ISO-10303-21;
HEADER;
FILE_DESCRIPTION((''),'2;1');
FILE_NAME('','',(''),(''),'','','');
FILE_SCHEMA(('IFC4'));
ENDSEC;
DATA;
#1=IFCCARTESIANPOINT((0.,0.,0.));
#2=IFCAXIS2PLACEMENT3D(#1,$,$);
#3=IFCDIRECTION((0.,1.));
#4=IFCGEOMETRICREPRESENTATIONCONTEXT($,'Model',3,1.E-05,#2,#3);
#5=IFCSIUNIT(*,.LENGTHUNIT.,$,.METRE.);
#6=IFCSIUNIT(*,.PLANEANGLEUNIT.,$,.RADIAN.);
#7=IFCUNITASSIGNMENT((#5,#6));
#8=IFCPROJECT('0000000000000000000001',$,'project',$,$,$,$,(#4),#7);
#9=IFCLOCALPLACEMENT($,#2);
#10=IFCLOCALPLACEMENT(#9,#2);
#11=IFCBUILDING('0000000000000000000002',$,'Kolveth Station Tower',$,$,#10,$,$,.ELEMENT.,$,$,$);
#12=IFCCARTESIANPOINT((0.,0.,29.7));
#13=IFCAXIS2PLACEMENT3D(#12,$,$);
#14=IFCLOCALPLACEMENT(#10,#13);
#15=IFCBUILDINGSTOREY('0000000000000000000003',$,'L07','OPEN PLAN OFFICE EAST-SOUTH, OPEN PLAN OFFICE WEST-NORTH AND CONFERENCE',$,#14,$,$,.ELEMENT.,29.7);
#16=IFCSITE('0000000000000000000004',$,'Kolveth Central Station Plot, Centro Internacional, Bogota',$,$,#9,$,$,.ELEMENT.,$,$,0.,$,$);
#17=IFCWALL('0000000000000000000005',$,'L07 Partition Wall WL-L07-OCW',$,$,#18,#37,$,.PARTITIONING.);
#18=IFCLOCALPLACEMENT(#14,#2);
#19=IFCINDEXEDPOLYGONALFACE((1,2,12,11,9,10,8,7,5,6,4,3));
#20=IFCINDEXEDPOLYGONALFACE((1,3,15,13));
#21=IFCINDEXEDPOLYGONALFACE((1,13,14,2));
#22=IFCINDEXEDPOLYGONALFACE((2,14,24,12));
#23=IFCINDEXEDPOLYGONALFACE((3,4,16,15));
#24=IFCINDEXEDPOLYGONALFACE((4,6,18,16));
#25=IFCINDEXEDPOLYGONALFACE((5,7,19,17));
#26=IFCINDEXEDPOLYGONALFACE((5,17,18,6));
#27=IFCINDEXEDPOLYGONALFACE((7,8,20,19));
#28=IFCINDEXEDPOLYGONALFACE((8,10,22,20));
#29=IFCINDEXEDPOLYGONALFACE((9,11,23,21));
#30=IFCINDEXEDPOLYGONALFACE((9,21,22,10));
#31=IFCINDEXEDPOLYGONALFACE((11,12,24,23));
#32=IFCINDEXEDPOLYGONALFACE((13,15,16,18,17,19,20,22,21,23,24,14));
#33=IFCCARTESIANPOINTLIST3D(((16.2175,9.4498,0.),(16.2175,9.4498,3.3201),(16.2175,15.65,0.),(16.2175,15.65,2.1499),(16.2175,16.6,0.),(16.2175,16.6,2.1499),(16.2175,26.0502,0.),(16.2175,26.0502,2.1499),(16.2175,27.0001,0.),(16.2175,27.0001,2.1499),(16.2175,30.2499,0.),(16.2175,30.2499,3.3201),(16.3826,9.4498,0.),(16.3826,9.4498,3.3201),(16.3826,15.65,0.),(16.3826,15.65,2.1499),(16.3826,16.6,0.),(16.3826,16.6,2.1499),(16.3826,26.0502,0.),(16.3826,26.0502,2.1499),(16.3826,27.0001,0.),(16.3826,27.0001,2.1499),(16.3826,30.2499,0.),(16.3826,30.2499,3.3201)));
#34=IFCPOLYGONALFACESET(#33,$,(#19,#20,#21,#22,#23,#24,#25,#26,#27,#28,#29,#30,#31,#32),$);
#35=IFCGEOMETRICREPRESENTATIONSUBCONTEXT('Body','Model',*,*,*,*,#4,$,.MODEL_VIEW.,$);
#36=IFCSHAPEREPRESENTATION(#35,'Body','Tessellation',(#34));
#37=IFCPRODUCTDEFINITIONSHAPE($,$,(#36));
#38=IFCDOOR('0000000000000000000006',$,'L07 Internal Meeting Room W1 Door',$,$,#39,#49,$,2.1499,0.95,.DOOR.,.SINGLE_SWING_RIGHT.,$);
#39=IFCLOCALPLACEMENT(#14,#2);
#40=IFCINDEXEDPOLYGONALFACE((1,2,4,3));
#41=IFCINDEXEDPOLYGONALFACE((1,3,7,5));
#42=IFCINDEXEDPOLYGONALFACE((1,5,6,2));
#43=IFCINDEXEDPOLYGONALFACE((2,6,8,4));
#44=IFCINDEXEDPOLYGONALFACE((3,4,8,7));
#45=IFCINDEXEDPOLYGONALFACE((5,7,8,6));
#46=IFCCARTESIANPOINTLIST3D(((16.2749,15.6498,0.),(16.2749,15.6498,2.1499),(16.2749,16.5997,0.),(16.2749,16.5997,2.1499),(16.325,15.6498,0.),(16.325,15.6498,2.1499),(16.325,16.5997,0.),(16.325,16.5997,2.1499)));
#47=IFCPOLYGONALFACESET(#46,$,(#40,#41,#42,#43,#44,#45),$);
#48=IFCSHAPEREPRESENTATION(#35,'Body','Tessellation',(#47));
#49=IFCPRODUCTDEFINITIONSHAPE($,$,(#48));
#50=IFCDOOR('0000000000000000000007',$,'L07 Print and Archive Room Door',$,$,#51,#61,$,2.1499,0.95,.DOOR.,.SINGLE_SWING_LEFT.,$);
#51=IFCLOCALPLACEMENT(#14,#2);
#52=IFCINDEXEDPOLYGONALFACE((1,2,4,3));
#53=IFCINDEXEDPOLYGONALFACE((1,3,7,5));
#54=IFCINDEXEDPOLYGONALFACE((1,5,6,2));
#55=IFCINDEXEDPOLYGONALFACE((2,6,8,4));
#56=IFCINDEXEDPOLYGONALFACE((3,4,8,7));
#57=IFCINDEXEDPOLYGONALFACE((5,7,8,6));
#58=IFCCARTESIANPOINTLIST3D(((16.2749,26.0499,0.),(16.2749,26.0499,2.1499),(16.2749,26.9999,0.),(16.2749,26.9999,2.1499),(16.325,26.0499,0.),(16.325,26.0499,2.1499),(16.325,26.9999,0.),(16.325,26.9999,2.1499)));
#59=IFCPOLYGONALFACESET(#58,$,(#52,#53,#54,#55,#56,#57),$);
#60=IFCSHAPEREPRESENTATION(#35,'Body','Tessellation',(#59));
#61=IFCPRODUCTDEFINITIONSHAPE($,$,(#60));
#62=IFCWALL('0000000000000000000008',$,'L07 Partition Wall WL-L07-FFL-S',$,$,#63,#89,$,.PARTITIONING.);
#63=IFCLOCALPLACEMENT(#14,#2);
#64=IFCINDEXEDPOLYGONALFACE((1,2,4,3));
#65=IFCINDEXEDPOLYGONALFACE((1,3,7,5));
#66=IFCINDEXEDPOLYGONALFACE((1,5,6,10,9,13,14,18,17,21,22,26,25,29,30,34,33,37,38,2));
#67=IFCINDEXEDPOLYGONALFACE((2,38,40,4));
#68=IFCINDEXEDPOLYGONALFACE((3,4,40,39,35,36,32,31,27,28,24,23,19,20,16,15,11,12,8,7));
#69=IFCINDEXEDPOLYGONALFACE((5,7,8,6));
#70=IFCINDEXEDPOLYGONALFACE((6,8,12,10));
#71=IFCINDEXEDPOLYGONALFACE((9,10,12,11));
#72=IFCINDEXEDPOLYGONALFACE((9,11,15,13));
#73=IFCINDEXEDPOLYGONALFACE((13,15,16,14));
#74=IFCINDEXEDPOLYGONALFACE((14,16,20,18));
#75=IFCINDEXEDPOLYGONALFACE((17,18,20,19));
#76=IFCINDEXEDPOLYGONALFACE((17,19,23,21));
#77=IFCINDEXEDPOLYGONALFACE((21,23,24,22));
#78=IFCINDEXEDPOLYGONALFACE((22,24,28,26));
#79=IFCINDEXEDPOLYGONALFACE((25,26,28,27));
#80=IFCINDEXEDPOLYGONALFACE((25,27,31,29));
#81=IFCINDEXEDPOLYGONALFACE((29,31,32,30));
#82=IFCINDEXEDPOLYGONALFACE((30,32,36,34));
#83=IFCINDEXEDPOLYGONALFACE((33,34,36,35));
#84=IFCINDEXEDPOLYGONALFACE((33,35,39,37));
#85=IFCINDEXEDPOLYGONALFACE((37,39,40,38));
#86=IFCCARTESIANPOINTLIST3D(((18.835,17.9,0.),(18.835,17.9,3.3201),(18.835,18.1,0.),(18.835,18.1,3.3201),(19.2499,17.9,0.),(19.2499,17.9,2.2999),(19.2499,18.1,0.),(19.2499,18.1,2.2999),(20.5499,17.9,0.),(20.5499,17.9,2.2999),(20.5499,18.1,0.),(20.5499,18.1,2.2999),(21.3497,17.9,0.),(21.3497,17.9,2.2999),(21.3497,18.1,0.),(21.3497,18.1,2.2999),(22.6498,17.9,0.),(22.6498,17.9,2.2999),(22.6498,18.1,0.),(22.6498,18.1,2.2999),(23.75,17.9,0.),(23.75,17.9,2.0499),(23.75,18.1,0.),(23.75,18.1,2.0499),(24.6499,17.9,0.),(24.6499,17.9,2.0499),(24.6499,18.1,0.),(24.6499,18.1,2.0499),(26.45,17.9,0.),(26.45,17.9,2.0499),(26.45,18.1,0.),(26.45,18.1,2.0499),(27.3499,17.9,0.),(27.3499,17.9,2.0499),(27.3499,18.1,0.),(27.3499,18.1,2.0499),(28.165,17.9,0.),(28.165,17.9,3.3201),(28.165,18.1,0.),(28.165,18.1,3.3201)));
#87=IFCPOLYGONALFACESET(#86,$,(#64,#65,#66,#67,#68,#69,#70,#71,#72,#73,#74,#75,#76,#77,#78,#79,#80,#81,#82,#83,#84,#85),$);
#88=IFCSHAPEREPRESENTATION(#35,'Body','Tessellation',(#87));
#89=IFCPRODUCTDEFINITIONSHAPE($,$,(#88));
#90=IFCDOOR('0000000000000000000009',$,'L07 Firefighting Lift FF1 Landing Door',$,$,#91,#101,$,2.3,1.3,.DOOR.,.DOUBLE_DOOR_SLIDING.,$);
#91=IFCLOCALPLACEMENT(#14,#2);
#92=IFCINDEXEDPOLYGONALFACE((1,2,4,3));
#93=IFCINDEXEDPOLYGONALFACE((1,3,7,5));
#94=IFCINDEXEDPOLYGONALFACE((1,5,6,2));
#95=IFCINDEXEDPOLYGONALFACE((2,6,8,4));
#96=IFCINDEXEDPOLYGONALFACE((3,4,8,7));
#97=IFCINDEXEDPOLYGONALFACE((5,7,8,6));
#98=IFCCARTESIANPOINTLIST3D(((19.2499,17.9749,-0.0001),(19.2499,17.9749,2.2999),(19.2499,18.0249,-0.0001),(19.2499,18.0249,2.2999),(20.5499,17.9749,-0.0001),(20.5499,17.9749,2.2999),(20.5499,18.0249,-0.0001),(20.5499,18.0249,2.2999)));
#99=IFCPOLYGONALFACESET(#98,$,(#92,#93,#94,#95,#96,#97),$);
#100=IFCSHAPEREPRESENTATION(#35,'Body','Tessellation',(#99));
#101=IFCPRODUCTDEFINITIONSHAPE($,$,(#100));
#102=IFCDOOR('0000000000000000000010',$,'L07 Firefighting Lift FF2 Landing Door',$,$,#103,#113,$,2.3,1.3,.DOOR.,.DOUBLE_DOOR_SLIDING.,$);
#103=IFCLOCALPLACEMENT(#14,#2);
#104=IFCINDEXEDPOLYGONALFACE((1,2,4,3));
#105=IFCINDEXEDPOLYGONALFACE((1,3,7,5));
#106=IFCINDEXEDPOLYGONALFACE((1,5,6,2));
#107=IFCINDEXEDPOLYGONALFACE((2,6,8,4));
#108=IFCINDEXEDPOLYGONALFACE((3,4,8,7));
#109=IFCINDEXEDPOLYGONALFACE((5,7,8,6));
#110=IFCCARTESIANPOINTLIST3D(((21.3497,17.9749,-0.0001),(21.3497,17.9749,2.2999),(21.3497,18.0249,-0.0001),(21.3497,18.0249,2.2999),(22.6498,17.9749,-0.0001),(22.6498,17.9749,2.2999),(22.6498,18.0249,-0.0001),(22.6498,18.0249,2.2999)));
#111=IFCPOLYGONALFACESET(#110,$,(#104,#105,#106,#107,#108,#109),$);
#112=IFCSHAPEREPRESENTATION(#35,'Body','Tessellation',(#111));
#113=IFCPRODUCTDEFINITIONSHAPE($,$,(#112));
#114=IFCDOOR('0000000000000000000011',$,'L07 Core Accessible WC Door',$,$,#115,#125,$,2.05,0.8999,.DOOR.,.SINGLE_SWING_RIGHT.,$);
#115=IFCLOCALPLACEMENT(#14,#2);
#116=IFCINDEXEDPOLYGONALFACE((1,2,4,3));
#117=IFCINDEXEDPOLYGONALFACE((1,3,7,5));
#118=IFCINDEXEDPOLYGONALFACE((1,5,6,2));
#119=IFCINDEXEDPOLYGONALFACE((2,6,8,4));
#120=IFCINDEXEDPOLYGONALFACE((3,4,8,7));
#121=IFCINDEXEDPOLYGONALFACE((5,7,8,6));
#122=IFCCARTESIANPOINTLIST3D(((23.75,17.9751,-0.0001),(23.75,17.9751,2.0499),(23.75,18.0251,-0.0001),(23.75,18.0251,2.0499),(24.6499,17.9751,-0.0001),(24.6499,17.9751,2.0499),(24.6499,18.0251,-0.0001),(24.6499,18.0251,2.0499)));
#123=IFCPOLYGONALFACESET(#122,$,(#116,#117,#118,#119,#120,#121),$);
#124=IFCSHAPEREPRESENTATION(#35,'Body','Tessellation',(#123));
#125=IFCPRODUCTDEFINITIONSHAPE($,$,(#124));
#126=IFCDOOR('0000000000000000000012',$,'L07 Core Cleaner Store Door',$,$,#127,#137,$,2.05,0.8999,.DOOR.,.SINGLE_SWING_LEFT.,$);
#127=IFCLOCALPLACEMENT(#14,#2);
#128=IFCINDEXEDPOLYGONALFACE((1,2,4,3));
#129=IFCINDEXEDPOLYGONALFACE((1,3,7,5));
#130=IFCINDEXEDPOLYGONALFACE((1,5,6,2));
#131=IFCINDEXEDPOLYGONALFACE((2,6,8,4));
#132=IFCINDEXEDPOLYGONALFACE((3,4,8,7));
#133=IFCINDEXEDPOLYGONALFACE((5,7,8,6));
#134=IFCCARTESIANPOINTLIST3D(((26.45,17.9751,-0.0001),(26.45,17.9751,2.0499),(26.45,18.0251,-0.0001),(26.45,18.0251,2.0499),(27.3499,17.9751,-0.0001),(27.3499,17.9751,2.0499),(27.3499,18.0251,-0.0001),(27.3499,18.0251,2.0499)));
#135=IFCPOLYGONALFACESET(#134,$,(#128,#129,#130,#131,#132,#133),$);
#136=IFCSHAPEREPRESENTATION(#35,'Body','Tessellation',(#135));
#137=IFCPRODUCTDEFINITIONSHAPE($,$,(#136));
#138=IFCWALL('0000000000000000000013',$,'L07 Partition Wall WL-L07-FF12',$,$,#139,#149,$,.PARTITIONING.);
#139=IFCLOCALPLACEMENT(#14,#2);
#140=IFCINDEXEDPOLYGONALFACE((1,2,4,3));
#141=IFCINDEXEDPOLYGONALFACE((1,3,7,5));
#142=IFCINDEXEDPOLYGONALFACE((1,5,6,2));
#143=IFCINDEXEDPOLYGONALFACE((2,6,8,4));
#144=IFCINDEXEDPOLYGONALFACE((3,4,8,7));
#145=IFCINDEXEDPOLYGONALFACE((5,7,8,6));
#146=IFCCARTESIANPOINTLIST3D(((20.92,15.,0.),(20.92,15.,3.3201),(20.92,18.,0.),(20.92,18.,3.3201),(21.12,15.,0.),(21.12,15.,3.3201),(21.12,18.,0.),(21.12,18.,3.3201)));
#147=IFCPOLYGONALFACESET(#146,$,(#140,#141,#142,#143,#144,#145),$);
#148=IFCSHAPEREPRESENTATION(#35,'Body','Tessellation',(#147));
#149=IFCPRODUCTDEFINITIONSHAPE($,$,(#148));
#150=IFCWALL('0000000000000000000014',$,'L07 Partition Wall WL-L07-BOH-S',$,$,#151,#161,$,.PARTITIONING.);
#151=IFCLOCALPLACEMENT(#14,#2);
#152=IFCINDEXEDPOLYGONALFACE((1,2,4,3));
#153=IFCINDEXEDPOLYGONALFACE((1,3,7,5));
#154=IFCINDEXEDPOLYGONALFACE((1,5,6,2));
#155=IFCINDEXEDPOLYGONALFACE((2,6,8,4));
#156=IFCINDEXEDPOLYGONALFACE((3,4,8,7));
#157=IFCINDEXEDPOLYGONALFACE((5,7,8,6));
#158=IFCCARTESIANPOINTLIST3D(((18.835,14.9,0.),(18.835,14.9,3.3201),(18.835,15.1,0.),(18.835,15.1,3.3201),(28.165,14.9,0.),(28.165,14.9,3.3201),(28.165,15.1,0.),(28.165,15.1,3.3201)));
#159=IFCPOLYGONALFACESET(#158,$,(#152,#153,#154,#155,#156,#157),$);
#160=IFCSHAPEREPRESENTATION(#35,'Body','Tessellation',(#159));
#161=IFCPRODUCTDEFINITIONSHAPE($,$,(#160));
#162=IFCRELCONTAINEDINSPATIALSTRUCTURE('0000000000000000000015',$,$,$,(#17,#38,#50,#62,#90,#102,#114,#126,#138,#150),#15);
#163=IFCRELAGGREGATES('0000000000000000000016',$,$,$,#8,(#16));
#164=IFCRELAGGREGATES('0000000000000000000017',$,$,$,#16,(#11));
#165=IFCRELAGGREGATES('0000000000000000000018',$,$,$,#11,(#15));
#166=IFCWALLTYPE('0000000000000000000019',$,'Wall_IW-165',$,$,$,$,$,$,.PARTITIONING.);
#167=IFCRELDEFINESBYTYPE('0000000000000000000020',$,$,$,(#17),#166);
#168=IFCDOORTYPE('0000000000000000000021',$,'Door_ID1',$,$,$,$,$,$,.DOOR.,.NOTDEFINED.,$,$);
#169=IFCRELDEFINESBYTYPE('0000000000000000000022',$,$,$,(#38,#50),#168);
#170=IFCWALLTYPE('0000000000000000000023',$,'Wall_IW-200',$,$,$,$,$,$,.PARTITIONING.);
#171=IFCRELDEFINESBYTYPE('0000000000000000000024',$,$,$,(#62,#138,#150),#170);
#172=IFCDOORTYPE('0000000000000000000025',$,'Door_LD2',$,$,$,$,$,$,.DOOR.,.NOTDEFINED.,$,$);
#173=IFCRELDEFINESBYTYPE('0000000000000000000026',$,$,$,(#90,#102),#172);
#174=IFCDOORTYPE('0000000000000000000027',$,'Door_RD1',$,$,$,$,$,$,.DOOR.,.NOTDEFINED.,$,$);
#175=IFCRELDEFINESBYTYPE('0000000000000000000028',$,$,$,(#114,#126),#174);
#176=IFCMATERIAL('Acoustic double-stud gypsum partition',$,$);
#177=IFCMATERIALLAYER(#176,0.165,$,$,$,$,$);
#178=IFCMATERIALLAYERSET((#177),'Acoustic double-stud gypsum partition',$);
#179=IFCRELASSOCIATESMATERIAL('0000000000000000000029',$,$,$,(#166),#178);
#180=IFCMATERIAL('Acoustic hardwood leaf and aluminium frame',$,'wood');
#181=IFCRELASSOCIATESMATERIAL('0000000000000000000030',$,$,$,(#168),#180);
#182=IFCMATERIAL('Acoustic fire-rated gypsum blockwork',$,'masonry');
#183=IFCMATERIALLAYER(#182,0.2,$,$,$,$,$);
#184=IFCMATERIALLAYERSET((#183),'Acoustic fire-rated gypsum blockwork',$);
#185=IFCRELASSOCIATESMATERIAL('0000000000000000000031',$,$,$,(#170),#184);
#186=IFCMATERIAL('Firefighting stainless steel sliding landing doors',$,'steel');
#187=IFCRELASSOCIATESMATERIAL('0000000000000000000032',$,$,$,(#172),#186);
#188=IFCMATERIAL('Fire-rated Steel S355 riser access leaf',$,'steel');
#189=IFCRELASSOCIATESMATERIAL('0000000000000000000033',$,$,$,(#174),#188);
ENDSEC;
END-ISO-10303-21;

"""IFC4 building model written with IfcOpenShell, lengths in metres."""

from ifc_helpers import new_model, si_unit, direction, frame, frame_2d, origin, place, context, subcontext, project, spatial, rectangle, extrude, material, layer, layer_set, type_object, element, fill, save


model = new_model("IFC4")

# Units and contexts
model_context = context("Model", 3, precision=1e-05, world=origin(), true_north=direction((0.0, 1.0)))
body_context = subcontext(model_context, "Body", "Model", "MODEL_VIEW")
ifc_project = project(units=[si_unit("LENGTHUNIT", "METRE"), si_unit("PLANEANGLEUNIT", "RADIAN")], contexts=[model_context])

# Site, building, storey
site_placement = place(None, origin())
site = spatial("IfcSite", under=ifc_project, at=site_placement, Name="Kolveth Central Station Plot, Centro Internacional, Bogota", CompositionType="ELEMENT", RefElevation=0.0)
building_placement = place(site_placement, origin())
building = spatial("IfcBuilding", under=site, at=building_placement, Name="Kolveth Station Tower", CompositionType="ELEMENT")
storey_placement = place(building_placement, frame((0.0, 0.0, 29.7)))
storey = spatial("IfcBuildingStorey", under=building, at=storey_placement, Name="L07", Description="OPEN PLAN OFFICE EAST-SOUTH, OPEN PLAN OFFICE WEST-NORTH AND CONFERENCE", CompositionType="ELEMENT", Elevation=29.7)

# Walls, openings, doors
ifc_material_1 = material(Name="Acoustic double-stud gypsum partition")
ifc_layer_1 = layer(ifc_material_1, 0.165)
ifc_layer_set_1 = layer_set([ifc_layer_1], Name="Acoustic double-stud gypsum partition")
wall_type_1 = type_object("IfcWallType", Name="Wall_IW-165", PredefinedType="PARTITIONING", material=ifc_layer_set_1)
wall_1_placement = place(storey_placement, frame((16.3, 9.45, 0.0), z_axis=(0.0, 0.0, 1.0), x_axis=(0.0, 1.0, 0.0)))
wall_1 = element("IfcWall", 1, at=wall_1_placement, inside=storey, type_object=wall_type_1, Name="L07 Partition Wall WL-L07-OCW", PredefinedType="PARTITIONING", context=body_context, shape_type="SweptSolid", body=[
    extrude(rectangle(XDim=20.8, YDim=0.165, at=frame_2d((10.3999, 0.0))), origin(), (0.0, 0.0, 1.0), 3.3201),
])
opening_1_placement = place(wall_1_placement, frame((6.2, 0.0, 0.0)))
opening_1 = element("IfcOpeningElement", 2, at=opening_1_placement, cuts=wall_1, PredefinedType="OPENING", context=body_context, shape_type="SweptSolid", body=[
    extrude(rectangle(XDim=0.95, YDim=2.1499, at=frame_2d((0.4751, 1.075))), frame((0.0, 0.0925, 0.0), z_axis=(0.0, -1.0, 0.0), x_axis=(1.0, 0.0, 0.0)), (0.0, 0.0, 1.0), 0.1851),
])
opening_2_placement = place(wall_1_placement, frame((16.6001, 0.0, 0.0)))
opening_2 = element("IfcOpeningElement", 3, at=opening_2_placement, cuts=wall_1, PredefinedType="OPENING", context=body_context, shape_type="SweptSolid", body=[
    extrude(rectangle(XDim=0.95, YDim=2.1499, at=frame_2d((0.4751, 1.075))), frame((0.0, 0.0925, 0.0), z_axis=(0.0, -1.0, 0.0), x_axis=(1.0, 0.0, 0.0)), (0.0, 0.0, 1.0), 0.1851),
])
ifc_material_2 = material(Name="Acoustic hardwood leaf and aluminium frame", Category="wood")
door_type_1 = type_object("IfcDoorType", Name="Door_ID1", OperationType="NOTDEFINED", PredefinedType="DOOR", material=ifc_material_2)
door_1_placement = place(opening_1_placement, frame((0.95, 0.0, 0.0), z_axis=(0.0, 0.0, 1.0), x_axis=(-1.0, 0.0, 0.0)))
door_1 = element("IfcDoor", 4, at=door_1_placement, inside=storey, type_object=door_type_1, Name="L07 Internal Meeting Room W1 Door", OperationType="SINGLE_SWING_RIGHT", OverallHeight=2.1499, OverallWidth=0.95, PredefinedType="DOOR", context=body_context, shape_type="SweptSolid", body=[
    extrude(rectangle(XDim=0.95, YDim=2.1499, at=frame_2d((0.4751, 1.075))), frame((0.0, 0.0249, 0.0), z_axis=(0.0, -1.0, 0.0), x_axis=(1.0, 0.0, 0.0)), (0.0, 0.0, 1.0), 0.05),
])
fill(opening_1, door_1)
door_2_placement = place(opening_2_placement, frame((0.95, 0.0, 0.0), z_axis=(0.0, 0.0, 1.0), x_axis=(-1.0, 0.0, 0.0)))
door_2 = element("IfcDoor", 5, at=door_2_placement, inside=storey, type_object=door_type_1, Name="L07 Print and Archive Room Door", OperationType="SINGLE_SWING_LEFT", OverallHeight=2.1499, OverallWidth=0.95, PredefinedType="DOOR", context=body_context, shape_type="SweptSolid", body=[
    extrude(rectangle(XDim=0.95, YDim=2.1499, at=frame_2d((0.4751, 1.075))), frame((0.0, 0.0249, 0.0), z_axis=(0.0, -1.0, 0.0), x_axis=(1.0, 0.0, 0.0)), (0.0, 0.0, 1.0), 0.05),
])
fill(opening_2, door_2)
ifc_material_3 = material(Name="Acoustic fire-rated gypsum blockwork", Category="masonry")
ifc_layer_2 = layer(ifc_material_3, 0.2)
ifc_layer_set_2 = layer_set([ifc_layer_2], Name="Acoustic fire-rated gypsum blockwork")
wall_type_2 = type_object("IfcWallType", Name="Wall_IW-200", PredefinedType="PARTITIONING", material=ifc_layer_set_2)
wall_2_placement = place(storey_placement, frame((18.835, 18.0, 0.0), z_axis=(0.0, 0.0, 1.0), x_axis=(1.0, 0.0, 0.0)))
wall_2 = element("IfcWall", 6, at=wall_2_placement, inside=storey, type_object=wall_type_2, Name="L07 Partition Wall WL-L07-FFL-S", PredefinedType="PARTITIONING", context=body_context, shape_type="SweptSolid", body=[
    extrude(rectangle(XDim=9.3301, YDim=0.2, at=frame_2d((4.665, 0.0))), origin(), (0.0, 0.0, 1.0), 3.3201),
])
opening_3_placement = place(wall_2_placement, frame((0.415, 0.0, 0.0)))
opening_3 = element("IfcOpeningElement", 7, at=opening_3_placement, cuts=wall_2, PredefinedType="OPENING", context=body_context, shape_type="SweptSolid", body=[
    extrude(rectangle(XDim=1.3, YDim=2.3, at=frame_2d((0.6499, 1.1499))), frame((0.0, 0.1099, 0.0), z_axis=(0.0, -1.0, 0.0), x_axis=(1.0, 0.0, 0.0)), (0.0, 0.0, 1.0), 0.22),
])
opening_4_placement = place(wall_2_placement, frame((2.5149, 0.0, 0.0)))
opening_4 = element("IfcOpeningElement", 8, at=opening_4_placement, cuts=wall_2, PredefinedType="OPENING", context=body_context, shape_type="SweptSolid", body=[
    extrude(rectangle(XDim=1.3, YDim=2.3, at=frame_2d((0.6499, 1.1499))), frame((0.0, 0.1099, 0.0), z_axis=(0.0, -1.0, 0.0), x_axis=(1.0, 0.0, 0.0)), (0.0, 0.0, 1.0), 0.22),
])
opening_5_placement = place(wall_2_placement, frame((4.915, 0.0, 0.0)))
opening_5 = element("IfcOpeningElement", 9, at=opening_5_placement, cuts=wall_2, PredefinedType="OPENING", context=body_context, shape_type="SweptSolid", body=[
    extrude(rectangle(XDim=0.8999, YDim=2.05, at=frame_2d((0.45, 1.0249))), frame((0.0, 0.1099, 0.0), z_axis=(0.0, -1.0, 0.0), x_axis=(1.0, 0.0, 0.0)), (0.0, 0.0, 1.0), 0.22),
])
opening_6_placement = place(wall_2_placement, frame((7.615, 0.0, 0.0)))
opening_6 = element("IfcOpeningElement", 10, at=opening_6_placement, cuts=wall_2, PredefinedType="OPENING", context=body_context, shape_type="SweptSolid", body=[
    extrude(rectangle(XDim=0.8999, YDim=2.05, at=frame_2d((0.45, 1.0249))), frame((0.0, 0.1099, 0.0), z_axis=(0.0, -1.0, 0.0), x_axis=(1.0, 0.0, 0.0)), (0.0, 0.0, 1.0), 0.22),
])
ifc_material_4 = material(Name="Firefighting stainless steel sliding landing doors", Category="steel")
door_type_2 = type_object("IfcDoorType", Name="Door_LD2", OperationType="NOTDEFINED", PredefinedType="DOOR", material=ifc_material_4)
door_3_placement = place(opening_3_placement, origin())
door_3 = element("IfcDoor", 11, at=door_3_placement, inside=storey, type_object=door_type_2, Name="L07 Firefighting Lift FF1 Landing Door", OperationType="DOUBLE_DOOR_SLIDING", OverallHeight=2.3, OverallWidth=1.3, PredefinedType="DOOR", context=body_context, shape_type="SweptSolid", body=[
    extrude(rectangle(XDim=1.3, YDim=2.3, at=frame_2d((0.6499, 1.1499))), frame((0.0, 0.0249, 0.0), z_axis=(0.0, -1.0, 0.0), x_axis=(1.0, 0.0, 0.0)), (0.0, 0.0, 1.0), 0.05),
])
fill(opening_3, door_3)
door_4_placement = place(opening_4_placement, origin())
door_4 = element("IfcDoor", 12, at=door_4_placement, inside=storey, type_object=door_type_2, Name="L07 Firefighting Lift FF2 Landing Door", OperationType="DOUBLE_DOOR_SLIDING", OverallHeight=2.3, OverallWidth=1.3, PredefinedType="DOOR", context=body_context, shape_type="SweptSolid", body=[
    extrude(rectangle(XDim=1.3, YDim=2.3, at=frame_2d((0.6499, 1.1499))), frame((0.0, 0.0249, 0.0), z_axis=(0.0, -1.0, 0.0), x_axis=(1.0, 0.0, 0.0)), (0.0, 0.0, 1.0), 0.05),
])
fill(opening_4, door_4)
ifc_material_5 = material(Name="Fire-rated Steel S355 riser access leaf", Category="steel")
door_type_3 = type_object("IfcDoorType", Name="Door_RD1", OperationType="NOTDEFINED", PredefinedType="DOOR", material=ifc_material_5)
door_5_placement = place(opening_5_placement, frame((0.8999, 0.0, 0.0), z_axis=(0.0, 0.0, 1.0), x_axis=(-1.0, 0.0, 0.0)))
door_5 = element("IfcDoor", 13, at=door_5_placement, inside=storey, type_object=door_type_3, Name="L07 Core Accessible WC Door", OperationType="SINGLE_SWING_RIGHT", OverallHeight=2.05, OverallWidth=0.8999, PredefinedType="DOOR", context=body_context, shape_type="SweptSolid", body=[
    extrude(rectangle(XDim=0.8999, YDim=2.05, at=frame_2d((0.45, 1.0249))), frame((0.0, 0.0249, 0.0), z_axis=(0.0, -1.0, 0.0), x_axis=(1.0, 0.0, 0.0)), (0.0, 0.0, 1.0), 0.05),
])
fill(opening_5, door_5)
door_6_placement = place(opening_6_placement, frame((0.8999, 0.0, 0.0), z_axis=(0.0, 0.0, 1.0), x_axis=(-1.0, 0.0, 0.0)))
door_6 = element("IfcDoor", 14, at=door_6_placement, inside=storey, type_object=door_type_3, Name="L07 Core Cleaner Store Door", OperationType="SINGLE_SWING_LEFT", OverallHeight=2.05, OverallWidth=0.8999, PredefinedType="DOOR", context=body_context, shape_type="SweptSolid", body=[
    extrude(rectangle(XDim=0.8999, YDim=2.05, at=frame_2d((0.45, 1.0249))), frame((0.0, 0.0249, 0.0), z_axis=(0.0, -1.0, 0.0), x_axis=(1.0, 0.0, 0.0)), (0.0, 0.0, 1.0), 0.05),
])
fill(opening_6, door_6)

# Walls
wall_3_placement = place(storey_placement, frame((21.02, 15.0, 0.0), z_axis=(0.0, 0.0, 1.0), x_axis=(0.0, 1.0, 0.0)))
element("IfcWall", 15, at=wall_3_placement, inside=storey, type_object=wall_type_2, Name="L07 Partition Wall WL-L07-FF12", PredefinedType="PARTITIONING", context=body_context, shape_type="SweptSolid", body=[
    extrude(rectangle(XDim=3.0, YDim=0.2, at=frame_2d((1.5, 0.0))), origin(), (0.0, 0.0, 1.0), 3.3201),
])
wall_4_placement = place(storey_placement, frame((18.835, 15.0, 0.0), z_axis=(0.0, 0.0, 1.0), x_axis=(1.0, 0.0, 0.0)))
element("IfcWall", 16, at=wall_4_placement, inside=storey, type_object=wall_type_2, Name="L07 Partition Wall WL-L07-BOH-S", PredefinedType="PARTITIONING", context=body_context, shape_type="SweptSolid", body=[
    extrude(rectangle(XDim=9.3301, YDim=0.2, at=frame_2d((4.665, 0.0))), origin(), (0.0, 0.0, 1.0), 3.3201),
])

save(model, "model.ifc")
